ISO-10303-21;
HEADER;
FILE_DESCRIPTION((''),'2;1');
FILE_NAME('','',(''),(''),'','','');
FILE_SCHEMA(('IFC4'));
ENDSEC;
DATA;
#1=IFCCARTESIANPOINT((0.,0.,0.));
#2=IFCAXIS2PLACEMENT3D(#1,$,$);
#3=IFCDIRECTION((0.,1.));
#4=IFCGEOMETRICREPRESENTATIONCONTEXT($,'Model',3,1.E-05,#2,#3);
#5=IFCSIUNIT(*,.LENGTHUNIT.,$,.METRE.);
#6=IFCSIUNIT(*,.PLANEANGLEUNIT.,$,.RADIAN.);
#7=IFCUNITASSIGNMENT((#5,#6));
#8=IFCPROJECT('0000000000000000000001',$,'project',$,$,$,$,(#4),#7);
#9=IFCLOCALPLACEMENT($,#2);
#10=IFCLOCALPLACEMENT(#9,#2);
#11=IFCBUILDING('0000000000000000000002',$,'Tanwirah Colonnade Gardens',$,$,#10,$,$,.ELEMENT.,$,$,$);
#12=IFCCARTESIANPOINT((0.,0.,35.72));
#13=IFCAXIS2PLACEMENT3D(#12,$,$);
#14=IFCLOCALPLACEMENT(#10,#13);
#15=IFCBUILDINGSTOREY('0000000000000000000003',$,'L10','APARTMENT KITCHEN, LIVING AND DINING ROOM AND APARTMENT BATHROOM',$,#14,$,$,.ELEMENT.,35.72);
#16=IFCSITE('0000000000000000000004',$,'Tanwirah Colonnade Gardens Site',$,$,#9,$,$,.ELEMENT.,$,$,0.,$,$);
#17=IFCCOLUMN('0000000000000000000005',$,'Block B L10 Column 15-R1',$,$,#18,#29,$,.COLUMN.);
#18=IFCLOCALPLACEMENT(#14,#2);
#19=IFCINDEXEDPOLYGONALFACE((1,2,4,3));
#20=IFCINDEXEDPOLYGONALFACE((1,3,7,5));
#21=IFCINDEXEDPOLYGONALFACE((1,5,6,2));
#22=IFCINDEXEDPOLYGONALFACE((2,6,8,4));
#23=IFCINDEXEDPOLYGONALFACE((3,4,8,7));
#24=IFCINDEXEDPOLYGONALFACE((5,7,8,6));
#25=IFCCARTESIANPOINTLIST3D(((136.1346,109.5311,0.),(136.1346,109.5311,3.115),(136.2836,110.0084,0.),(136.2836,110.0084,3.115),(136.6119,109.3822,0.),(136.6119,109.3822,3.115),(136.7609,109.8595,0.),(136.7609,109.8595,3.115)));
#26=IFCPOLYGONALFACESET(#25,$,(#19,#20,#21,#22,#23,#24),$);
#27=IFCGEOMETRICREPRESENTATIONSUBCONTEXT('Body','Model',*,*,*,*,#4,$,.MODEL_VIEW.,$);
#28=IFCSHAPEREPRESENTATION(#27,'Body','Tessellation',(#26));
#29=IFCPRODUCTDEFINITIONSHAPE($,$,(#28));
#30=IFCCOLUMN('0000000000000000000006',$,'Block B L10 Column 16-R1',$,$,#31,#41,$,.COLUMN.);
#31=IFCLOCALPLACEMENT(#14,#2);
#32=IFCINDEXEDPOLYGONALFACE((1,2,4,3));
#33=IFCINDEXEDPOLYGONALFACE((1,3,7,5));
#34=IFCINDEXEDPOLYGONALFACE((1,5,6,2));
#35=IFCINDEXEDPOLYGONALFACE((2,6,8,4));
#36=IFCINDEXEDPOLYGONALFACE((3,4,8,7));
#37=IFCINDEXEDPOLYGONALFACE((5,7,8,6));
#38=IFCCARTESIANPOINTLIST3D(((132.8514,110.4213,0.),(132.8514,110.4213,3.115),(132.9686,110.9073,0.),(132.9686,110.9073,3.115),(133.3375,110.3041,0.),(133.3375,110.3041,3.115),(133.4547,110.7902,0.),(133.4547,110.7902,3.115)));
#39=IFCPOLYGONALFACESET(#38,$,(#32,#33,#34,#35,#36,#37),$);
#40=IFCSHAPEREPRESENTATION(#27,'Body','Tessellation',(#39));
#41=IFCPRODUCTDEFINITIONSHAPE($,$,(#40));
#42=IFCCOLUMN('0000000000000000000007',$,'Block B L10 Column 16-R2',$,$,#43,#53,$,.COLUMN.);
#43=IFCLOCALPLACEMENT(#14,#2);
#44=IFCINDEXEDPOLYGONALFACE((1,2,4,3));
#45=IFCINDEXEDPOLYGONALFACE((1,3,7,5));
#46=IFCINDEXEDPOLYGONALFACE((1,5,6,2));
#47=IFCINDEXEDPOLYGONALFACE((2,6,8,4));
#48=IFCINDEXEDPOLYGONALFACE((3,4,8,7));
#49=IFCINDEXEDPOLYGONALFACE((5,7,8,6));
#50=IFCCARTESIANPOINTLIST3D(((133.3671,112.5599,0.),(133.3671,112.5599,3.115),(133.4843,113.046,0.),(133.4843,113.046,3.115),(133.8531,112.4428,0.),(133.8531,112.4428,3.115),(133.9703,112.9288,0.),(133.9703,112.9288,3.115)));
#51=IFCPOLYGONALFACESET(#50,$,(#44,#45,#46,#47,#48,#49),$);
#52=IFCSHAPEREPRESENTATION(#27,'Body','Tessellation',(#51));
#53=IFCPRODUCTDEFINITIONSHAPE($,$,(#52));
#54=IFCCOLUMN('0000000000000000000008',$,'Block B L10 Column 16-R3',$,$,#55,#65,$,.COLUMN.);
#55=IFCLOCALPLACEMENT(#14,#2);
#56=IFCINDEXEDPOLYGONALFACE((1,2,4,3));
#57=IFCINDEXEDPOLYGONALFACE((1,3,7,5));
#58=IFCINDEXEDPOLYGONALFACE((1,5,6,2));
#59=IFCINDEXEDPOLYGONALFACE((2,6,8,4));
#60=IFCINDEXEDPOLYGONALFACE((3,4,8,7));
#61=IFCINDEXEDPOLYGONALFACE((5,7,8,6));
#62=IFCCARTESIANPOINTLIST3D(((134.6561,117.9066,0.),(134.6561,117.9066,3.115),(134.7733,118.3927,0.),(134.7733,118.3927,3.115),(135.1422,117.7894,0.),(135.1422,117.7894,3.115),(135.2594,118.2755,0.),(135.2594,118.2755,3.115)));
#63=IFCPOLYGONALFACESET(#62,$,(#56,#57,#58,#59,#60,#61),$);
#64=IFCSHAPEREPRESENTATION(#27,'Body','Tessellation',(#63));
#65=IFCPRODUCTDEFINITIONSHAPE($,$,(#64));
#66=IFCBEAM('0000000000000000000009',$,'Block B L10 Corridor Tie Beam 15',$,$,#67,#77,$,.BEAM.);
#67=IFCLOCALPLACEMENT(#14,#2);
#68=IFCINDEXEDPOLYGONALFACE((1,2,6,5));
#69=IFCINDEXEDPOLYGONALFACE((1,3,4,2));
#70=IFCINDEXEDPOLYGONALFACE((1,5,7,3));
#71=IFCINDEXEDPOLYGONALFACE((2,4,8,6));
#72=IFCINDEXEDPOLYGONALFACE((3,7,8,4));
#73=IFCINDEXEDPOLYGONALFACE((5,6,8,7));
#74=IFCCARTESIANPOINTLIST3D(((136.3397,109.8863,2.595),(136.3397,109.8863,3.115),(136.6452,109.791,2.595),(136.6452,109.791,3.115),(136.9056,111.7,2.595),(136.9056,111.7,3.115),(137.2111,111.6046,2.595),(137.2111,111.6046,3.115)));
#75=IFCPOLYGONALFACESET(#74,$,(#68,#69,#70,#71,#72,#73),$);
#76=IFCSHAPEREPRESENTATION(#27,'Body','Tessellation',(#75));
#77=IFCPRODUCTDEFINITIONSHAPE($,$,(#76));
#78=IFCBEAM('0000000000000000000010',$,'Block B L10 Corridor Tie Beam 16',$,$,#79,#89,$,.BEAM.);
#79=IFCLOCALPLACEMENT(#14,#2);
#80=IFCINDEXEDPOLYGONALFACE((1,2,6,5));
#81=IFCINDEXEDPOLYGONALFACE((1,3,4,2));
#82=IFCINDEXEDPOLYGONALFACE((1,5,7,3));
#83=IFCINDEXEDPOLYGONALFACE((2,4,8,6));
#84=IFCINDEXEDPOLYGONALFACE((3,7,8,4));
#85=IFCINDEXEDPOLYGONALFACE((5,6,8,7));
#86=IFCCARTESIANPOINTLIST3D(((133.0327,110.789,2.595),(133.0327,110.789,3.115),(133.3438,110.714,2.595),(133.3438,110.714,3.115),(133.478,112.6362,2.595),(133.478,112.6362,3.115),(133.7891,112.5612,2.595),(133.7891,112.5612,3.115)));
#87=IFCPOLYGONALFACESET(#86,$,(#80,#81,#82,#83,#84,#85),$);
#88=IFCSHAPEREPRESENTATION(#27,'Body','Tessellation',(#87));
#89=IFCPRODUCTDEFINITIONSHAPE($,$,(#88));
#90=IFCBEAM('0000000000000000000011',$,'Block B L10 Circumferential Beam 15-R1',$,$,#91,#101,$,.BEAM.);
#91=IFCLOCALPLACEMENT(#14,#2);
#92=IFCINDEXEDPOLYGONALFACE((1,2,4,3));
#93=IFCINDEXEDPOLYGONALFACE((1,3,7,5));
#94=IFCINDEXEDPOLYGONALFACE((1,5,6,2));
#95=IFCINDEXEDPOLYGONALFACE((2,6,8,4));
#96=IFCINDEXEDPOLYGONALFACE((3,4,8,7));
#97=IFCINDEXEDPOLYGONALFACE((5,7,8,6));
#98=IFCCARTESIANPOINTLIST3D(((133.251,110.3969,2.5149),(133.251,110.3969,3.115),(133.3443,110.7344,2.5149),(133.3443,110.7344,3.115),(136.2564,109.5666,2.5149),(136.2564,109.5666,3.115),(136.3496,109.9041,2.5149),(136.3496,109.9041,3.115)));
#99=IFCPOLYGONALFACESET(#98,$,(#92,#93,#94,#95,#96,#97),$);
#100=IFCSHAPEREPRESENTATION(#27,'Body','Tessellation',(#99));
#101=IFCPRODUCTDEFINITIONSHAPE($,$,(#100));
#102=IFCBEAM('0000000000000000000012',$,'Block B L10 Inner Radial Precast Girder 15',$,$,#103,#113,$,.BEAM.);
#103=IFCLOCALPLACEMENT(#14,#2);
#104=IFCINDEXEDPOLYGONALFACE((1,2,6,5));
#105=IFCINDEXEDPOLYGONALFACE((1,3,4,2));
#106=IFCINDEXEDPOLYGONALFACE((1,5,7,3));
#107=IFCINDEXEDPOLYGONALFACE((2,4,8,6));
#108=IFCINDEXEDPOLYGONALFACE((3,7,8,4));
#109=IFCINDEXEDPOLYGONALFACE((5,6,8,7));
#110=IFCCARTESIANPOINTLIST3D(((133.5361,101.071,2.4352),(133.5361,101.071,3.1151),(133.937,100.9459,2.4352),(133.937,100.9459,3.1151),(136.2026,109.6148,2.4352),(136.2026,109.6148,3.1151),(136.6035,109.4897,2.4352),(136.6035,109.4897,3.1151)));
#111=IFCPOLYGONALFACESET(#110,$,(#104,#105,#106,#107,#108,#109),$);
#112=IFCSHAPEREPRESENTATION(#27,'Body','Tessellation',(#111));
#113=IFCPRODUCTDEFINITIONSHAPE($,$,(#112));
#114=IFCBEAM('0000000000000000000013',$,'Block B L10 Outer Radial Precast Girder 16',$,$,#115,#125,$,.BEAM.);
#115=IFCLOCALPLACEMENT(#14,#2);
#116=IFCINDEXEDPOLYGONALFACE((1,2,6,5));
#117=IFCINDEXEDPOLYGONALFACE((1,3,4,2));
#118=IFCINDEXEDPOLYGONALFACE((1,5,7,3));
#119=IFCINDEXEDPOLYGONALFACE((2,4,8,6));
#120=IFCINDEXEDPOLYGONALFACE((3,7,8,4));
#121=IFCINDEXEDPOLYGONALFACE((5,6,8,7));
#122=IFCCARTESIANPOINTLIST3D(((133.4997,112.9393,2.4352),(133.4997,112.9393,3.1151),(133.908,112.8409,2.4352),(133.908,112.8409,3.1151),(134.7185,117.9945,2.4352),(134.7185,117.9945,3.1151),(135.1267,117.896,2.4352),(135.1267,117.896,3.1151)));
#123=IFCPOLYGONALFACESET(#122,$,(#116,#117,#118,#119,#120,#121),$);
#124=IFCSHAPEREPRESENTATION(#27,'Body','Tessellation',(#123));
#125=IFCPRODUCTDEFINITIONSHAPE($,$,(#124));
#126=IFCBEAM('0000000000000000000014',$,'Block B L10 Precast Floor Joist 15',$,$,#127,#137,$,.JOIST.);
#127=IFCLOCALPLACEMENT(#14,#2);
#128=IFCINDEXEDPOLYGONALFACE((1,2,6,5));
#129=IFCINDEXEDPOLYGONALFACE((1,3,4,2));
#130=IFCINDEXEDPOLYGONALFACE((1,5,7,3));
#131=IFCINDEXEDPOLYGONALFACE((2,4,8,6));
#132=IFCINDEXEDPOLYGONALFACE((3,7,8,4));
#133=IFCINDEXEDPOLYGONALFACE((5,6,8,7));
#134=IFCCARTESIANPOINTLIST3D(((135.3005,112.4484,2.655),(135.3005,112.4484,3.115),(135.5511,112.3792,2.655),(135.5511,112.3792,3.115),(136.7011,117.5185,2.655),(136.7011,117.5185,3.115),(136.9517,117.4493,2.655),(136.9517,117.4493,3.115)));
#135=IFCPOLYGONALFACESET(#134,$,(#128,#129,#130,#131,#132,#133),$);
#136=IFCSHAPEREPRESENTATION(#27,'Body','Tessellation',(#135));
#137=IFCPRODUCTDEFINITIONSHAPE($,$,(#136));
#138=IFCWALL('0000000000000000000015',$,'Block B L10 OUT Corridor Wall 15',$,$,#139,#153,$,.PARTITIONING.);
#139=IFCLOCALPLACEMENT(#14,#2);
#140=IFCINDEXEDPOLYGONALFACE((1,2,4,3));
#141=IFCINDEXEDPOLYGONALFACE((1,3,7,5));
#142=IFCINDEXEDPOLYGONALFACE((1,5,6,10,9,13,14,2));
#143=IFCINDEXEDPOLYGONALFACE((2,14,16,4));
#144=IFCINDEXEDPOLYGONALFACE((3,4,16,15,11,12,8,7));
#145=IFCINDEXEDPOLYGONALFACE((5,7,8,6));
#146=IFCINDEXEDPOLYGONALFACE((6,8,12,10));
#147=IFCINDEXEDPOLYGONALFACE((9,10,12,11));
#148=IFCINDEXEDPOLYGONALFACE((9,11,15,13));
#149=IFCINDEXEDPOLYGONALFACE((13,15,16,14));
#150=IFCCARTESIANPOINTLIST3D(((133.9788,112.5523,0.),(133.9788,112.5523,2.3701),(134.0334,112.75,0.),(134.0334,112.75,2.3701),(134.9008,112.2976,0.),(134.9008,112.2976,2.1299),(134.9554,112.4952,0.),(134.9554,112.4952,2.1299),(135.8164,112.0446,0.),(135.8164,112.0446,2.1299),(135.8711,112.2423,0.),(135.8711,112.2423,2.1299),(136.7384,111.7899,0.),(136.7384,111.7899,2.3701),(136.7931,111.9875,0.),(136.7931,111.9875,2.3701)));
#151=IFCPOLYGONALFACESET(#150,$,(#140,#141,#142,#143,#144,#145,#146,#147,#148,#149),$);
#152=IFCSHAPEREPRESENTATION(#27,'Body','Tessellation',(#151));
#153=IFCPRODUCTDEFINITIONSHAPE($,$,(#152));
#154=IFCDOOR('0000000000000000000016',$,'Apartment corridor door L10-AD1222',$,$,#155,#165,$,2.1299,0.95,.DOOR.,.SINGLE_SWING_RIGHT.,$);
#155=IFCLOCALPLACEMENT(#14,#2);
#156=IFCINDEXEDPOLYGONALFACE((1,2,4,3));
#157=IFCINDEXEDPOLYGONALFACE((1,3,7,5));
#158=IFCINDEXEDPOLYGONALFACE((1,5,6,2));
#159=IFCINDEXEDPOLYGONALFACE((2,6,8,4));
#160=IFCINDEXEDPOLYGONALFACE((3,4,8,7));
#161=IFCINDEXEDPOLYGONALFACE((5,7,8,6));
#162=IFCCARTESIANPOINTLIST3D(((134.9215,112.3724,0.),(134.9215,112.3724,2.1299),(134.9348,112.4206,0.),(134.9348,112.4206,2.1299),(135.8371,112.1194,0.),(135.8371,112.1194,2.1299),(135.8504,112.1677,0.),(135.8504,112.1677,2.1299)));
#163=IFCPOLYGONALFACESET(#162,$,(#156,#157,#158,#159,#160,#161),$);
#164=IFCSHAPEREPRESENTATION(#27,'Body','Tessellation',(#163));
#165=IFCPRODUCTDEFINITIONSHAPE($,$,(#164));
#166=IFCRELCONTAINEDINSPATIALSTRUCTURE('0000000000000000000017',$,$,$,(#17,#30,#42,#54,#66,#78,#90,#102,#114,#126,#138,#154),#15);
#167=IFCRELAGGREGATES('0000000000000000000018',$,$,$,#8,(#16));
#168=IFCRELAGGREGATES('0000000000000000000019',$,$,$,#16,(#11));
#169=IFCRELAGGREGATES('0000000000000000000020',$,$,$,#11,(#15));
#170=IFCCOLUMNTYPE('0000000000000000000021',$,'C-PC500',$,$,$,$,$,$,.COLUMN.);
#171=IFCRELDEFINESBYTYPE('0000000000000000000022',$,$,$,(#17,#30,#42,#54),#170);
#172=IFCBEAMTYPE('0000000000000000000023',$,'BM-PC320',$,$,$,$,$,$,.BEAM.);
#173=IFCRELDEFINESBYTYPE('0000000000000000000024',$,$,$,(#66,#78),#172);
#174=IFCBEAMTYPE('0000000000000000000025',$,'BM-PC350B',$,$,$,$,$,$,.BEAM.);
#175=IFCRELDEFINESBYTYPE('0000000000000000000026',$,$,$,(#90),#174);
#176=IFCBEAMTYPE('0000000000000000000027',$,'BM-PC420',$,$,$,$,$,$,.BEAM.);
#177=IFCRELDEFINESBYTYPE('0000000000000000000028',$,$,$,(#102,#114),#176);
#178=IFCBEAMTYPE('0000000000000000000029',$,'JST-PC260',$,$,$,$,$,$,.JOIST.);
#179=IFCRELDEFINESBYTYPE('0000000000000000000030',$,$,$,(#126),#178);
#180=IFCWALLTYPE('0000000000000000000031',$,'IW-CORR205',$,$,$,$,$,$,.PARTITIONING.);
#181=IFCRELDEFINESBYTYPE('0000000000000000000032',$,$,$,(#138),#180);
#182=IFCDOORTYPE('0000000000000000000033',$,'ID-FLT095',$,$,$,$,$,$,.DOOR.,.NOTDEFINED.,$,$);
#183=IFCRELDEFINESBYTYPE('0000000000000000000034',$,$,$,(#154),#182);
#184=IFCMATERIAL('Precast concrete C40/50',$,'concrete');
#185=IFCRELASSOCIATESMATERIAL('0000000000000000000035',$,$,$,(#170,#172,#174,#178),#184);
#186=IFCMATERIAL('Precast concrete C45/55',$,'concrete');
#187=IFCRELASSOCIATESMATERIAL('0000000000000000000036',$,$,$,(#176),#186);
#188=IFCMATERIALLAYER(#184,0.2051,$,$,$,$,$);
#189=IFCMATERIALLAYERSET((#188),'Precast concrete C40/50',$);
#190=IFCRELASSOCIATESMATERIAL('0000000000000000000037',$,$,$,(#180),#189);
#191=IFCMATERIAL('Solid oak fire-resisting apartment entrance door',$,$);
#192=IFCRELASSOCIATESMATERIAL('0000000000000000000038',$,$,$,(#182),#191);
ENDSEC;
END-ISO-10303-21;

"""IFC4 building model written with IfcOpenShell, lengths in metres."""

from ifc_helpers import new_model, si_unit, direction, frame, frame_2d, origin, origin_2d, place, context, subcontext, project, spatial, rectangle, extrude, material, layer, layer_set, material_profile, profile_set, type_object, element, fill, save


model = new_model("IFC4")

# Units and contexts
model_context = context("Model", 3, precision=1e-05, world=origin(), true_north=direction((0.0, 1.0)))
body_context = subcontext(model_context, "Body", "Model", "MODEL_VIEW")
ifc_project = project(units=[si_unit("LENGTHUNIT", "METRE"), si_unit("PLANEANGLEUNIT", "RADIAN")], contexts=[model_context])

# Site, building, storey
site_placement = place(None, origin())
site = spatial("IfcSite", under=ifc_project, at=site_placement, Name="Tanwirah Colonnade Gardens Site", CompositionType="ELEMENT", RefElevation=0.0)
building_placement = place(site_placement, origin())
building = spatial("IfcBuilding", under=site, at=building_placement, Name="Tanwirah Colonnade Gardens", CompositionType="ELEMENT")
storey_placement = place(building_placement, frame((0.0, 0.0, 35.72)))
storey = spatial("IfcBuildingStorey", under=building, at=storey_placement, Name="L10", Description="APARTMENT KITCHEN, LIVING AND DINING ROOM AND APARTMENT BATHROOM", CompositionType="ELEMENT", Elevation=35.72)

# Columns
ifc_material_1 = material(Name="Precast concrete C40/50", Category="concrete")
ifc_material_profile_1 = material_profile(ifc_material_1, rectangle(XDim=0.5, YDim=0.5, at=origin_2d()), Name="PC-COL 500x500")
ifc_profile_set_1 = profile_set([ifc_material_profile_1], Name="Precast concrete C40/50")
column_type = type_object("IfcColumnType", Name="C-PC500", PredefinedType="COLUMN", material=ifc_profile_set_1)
for number, where, z_axis, x_axis, name in (
    (1, (136.4478, 109.6953, 0.0), (0.0, 0.0, 1.0), (0.29793, 0.954588, 0.0), "Block B L10 Column 15-R1"),
    (2, (133.1531, 110.6057, 0.0), (0.0, 0.0, 1.0), (0.234388, 0.972143, 0.0), "Block B L10 Column 16-R1"),
    (3, (133.6687, 112.7444, 0.0), (0.0, 0.0, 1.0), (0.234388, 0.972143, 0.0), "Block B L10 Column 16-R2"),
    (4, (134.9578, 118.0911, 0.0), (0.0, 0.0, 1.0), (0.234388, 0.972143, 0.0), "Block B L10 Column 16-R3"),
):
    element("IfcColumn", number, at=place(storey_placement, frame(where, z_axis=z_axis, x_axis=x_axis)), inside=storey, type_object=column_type, Name=name, PredefinedType="COLUMN", context=body_context, shape_type="SweptSolid", body=[
        extrude(rectangle(XDim=0.5, YDim=0.5, at=origin_2d()), origin(), (0.0, 0.0, 1.0), 3.115),
    ])

# Beams
ifc_material_profile_2 = material_profile(ifc_material_1, rectangle(XDim=0.3201, YDim=0.52, at=origin_2d()), Name="PC-BM 320x520")
ifc_profile_set_2 = profile_set([ifc_material_profile_2], Name="Precast concrete C40/50")
beam_type_1 = type_object("IfcBeamType", Name="BM-PC320", PredefinedType="BEAM", material=ifc_profile_set_2)
beam_1_placement = place(storey_placement, frame((136.4924, 109.8386, 2.855), z_axis=(0.297858, 0.95461, 0.0), x_axis=(-0.95461, 0.297858, 0.0)))
element("IfcBeam", 5, at=beam_1_placement, inside=storey, type_object=beam_type_1, Name="Block B L10 Corridor Tie Beam 15", PredefinedType="BEAM", context=body_context, shape_type="SweptSolid", body=[
    extrude(rectangle(XDim=0.3201, YDim=0.52, at=origin_2d()), origin(), (0.0, 0.0, 1.0), 1.8999),
])
beam_2_placement = place(storey_placement, frame((133.1882, 110.7515, 2.855), z_axis=(0.234364, 0.972149, 0.0), x_axis=(-0.972149, 0.234364, 0.0)))
element("IfcBeam", 6, at=beam_2_placement, inside=storey, type_object=beam_type_1, Name="Block B L10 Corridor Tie Beam 16", PredefinedType="BEAM", context=body_context, shape_type="SweptSolid", body=[
    extrude(rectangle(XDim=0.3201, YDim=0.52, at=origin_2d()), origin(), (0.0, 0.0, 1.0), 1.9001),
])
ifc_material_profile_3 = material_profile(ifc_material_1, rectangle(XDim=0.3501, YDim=0.6001, at=origin_2d()), Name="PC-BM 350x600")
ifc_profile_set_3 = profile_set([ifc_material_profile_3], Name="Precast concrete C40/50")
beam_type_2 = type_object("IfcBeamType", Name="BM-PC350B", PredefinedType="BEAM", material=ifc_profile_set_3)
beam_3_placement = place(storey_placement, frame((136.303, 109.7354, 2.8149), z_axis=(-0.963889, 0.266303, 0.0), x_axis=(-0.266303, -0.963889, 0.0)))
element("IfcBeam", 7, at=beam_3_placement, inside=storey, type_object=beam_type_2, Name="Block B L10 Circumferential Beam 15-R1", PredefinedType="BEAM", context=body_context, shape_type="SweptSolid", body=[
    extrude(rectangle(XDim=0.3501, YDim=0.6001, at=origin_2d()), origin(), (0.0, 0.0, 1.0), 3.1179),
])
ifc_material_2 = material(Name="Precast concrete C45/55", Category="concrete")
ifc_material_profile_4 = material_profile(ifc_material_2, rectangle(XDim=0.4199, YDim=0.6799, at=origin_2d()), Name="PC-BM 420x680")
ifc_profile_set_4 = profile_set([ifc_material_profile_4], Name="Precast concrete C45/55")
beam_type_3 = type_object("IfcBeamType", Name="BM-PC420", PredefinedType="BEAM", material=ifc_profile_set_4)
beam_4_placement = place(storey_placement, frame((136.4031, 109.5522, 2.7751), z_axis=(-0.297929, -0.954588, 0.0), x_axis=(0.954588, -0.297929, 0.0)))
element("IfcBeam", 8, at=beam_4_placement, inside=storey, type_object=beam_type_3, Name="Block B L10 Inner Radial Precast Girder 15", PredefinedType="BEAM", context=body_context, shape_type="SweptSolid", body=[
    extrude(rectangle(XDim=0.4199, YDim=0.6799, at=origin_2d()), origin(), (0.0, 0.0, 1.0), 8.9502),
])
beam_5_placement = place(storey_placement, frame((133.7039, 112.8901, 2.7751), z_axis=(0.234374, 0.972146, 0.0), x_axis=(-0.972146, 0.234374, 0.0)))
element("IfcBeam", 9, at=beam_5_placement, inside=storey, type_object=beam_type_3, Name="Block B L10 Outer Radial Precast Girder 16", PredefinedType="BEAM", context=body_context, shape_type="SweptSolid", body=[
    extrude(rectangle(XDim=0.4199, YDim=0.6799, at=origin_2d()), origin(), (0.0, 0.0, 1.0), 5.2),
])
ifc_material_profile_5 = material_profile(ifc_material_1, rectangle(XDim=0.26, YDim=0.46, at=origin_2d()), Name="PC-JST 260x460")
ifc_profile_set_5 = profile_set([ifc_material_profile_5], Name="Precast concrete C40/50")
beam_type_4 = type_object("IfcBeamType", Name="JST-PC260", PredefinedType="JOIST", material=ifc_profile_set_5)
beam_6_placement = place(storey_placement, frame((135.4258, 112.4138, 2.885), z_axis=(0.266281, 0.963895, 0.0), x_axis=(-0.963895, 0.266281, 0.0)))
element("IfcBeam", 10, at=beam_6_placement, inside=storey, type_object=beam_type_4, Name="Block B L10 Precast Floor Joist 15", PredefinedType="JOIST", context=body_context, shape_type="SweptSolid", body=[
    extrude(rectangle(XDim=0.26, YDim=0.46, at=origin_2d()), origin(), (0.0, 0.0, 1.0), 5.26),
])

# Wall, opening, door
ifc_layer = layer(ifc_material_1, 0.2051)
ifc_layer_set = layer_set([ifc_layer], Name="Precast concrete C40/50")
wall_type = type_object("IfcWallType", Name="IW-CORR205", PredefinedType="PARTITIONING", material=ifc_layer_set)
wall_1_placement = place(storey_placement, frame((136.7659, 111.8887, 0.0), z_axis=(0.0, 0.0, 1.0), x_axis=(-0.963891, 0.266298, 0.0)))
wall_1 = element("IfcWall", 11, at=wall_1_placement, inside=storey, type_object=wall_type, Name="Block B L10 OUT Corridor Wall 15", PredefinedType="PARTITIONING", context=body_context, shape_type="SweptSolid", body=[
    extrude(rectangle(XDim=2.863, YDim=0.2051, at=frame_2d((1.4316, 0.0))), origin(), (0.0, 0.0, 1.0), 2.3701),
])
opening_1_placement = place(wall_1_placement, frame((0.9565, 0.0, 0.0)))
opening_1 = element("IfcOpeningElement", 12, at=opening_1_placement, cuts=wall_1, PredefinedType="OPENING", context=body_context, shape_type="SweptSolid", body=[
    extrude(rectangle(XDim=0.95, YDim=2.1299, at=frame_2d((0.4751, 1.0649))), frame((0.0, 0.1125, 0.0), z_axis=(0.0, -1.0, 0.0), x_axis=(1.0, 0.0, 0.0)), (0.0, 0.0, 1.0), 0.2251),
])
ifc_material_3 = material(Name="Solid oak fire-resisting apartment entrance door")
door_type = type_object("IfcDoorType", Name="ID-FLT095", OperationType="NOTDEFINED", PredefinedType="DOOR", material=ifc_material_3)
door_1_placement = place(opening_1_placement, origin())
door_1 = element("IfcDoor", 13, at=door_1_placement, inside=storey, type_object=door_type, Name="Apartment corridor door L10-AD1222", OperationType="SINGLE_SWING_RIGHT", OverallHeight=2.1299, OverallWidth=0.95, PredefinedType="DOOR", context=body_context, shape_type="SweptSolid", body=[
    extrude(rectangle(XDim=0.95, YDim=2.1299, at=frame_2d((0.4751, 1.0649))), frame((0.0, 0.0249, 0.0), z_axis=(0.0, -1.0, 0.0), x_axis=(1.0, 0.0, 0.0)), (0.0, 0.0, 1.0), 0.05),
])
fill(opening_1, door_1)

save(model, "model.ifc")
